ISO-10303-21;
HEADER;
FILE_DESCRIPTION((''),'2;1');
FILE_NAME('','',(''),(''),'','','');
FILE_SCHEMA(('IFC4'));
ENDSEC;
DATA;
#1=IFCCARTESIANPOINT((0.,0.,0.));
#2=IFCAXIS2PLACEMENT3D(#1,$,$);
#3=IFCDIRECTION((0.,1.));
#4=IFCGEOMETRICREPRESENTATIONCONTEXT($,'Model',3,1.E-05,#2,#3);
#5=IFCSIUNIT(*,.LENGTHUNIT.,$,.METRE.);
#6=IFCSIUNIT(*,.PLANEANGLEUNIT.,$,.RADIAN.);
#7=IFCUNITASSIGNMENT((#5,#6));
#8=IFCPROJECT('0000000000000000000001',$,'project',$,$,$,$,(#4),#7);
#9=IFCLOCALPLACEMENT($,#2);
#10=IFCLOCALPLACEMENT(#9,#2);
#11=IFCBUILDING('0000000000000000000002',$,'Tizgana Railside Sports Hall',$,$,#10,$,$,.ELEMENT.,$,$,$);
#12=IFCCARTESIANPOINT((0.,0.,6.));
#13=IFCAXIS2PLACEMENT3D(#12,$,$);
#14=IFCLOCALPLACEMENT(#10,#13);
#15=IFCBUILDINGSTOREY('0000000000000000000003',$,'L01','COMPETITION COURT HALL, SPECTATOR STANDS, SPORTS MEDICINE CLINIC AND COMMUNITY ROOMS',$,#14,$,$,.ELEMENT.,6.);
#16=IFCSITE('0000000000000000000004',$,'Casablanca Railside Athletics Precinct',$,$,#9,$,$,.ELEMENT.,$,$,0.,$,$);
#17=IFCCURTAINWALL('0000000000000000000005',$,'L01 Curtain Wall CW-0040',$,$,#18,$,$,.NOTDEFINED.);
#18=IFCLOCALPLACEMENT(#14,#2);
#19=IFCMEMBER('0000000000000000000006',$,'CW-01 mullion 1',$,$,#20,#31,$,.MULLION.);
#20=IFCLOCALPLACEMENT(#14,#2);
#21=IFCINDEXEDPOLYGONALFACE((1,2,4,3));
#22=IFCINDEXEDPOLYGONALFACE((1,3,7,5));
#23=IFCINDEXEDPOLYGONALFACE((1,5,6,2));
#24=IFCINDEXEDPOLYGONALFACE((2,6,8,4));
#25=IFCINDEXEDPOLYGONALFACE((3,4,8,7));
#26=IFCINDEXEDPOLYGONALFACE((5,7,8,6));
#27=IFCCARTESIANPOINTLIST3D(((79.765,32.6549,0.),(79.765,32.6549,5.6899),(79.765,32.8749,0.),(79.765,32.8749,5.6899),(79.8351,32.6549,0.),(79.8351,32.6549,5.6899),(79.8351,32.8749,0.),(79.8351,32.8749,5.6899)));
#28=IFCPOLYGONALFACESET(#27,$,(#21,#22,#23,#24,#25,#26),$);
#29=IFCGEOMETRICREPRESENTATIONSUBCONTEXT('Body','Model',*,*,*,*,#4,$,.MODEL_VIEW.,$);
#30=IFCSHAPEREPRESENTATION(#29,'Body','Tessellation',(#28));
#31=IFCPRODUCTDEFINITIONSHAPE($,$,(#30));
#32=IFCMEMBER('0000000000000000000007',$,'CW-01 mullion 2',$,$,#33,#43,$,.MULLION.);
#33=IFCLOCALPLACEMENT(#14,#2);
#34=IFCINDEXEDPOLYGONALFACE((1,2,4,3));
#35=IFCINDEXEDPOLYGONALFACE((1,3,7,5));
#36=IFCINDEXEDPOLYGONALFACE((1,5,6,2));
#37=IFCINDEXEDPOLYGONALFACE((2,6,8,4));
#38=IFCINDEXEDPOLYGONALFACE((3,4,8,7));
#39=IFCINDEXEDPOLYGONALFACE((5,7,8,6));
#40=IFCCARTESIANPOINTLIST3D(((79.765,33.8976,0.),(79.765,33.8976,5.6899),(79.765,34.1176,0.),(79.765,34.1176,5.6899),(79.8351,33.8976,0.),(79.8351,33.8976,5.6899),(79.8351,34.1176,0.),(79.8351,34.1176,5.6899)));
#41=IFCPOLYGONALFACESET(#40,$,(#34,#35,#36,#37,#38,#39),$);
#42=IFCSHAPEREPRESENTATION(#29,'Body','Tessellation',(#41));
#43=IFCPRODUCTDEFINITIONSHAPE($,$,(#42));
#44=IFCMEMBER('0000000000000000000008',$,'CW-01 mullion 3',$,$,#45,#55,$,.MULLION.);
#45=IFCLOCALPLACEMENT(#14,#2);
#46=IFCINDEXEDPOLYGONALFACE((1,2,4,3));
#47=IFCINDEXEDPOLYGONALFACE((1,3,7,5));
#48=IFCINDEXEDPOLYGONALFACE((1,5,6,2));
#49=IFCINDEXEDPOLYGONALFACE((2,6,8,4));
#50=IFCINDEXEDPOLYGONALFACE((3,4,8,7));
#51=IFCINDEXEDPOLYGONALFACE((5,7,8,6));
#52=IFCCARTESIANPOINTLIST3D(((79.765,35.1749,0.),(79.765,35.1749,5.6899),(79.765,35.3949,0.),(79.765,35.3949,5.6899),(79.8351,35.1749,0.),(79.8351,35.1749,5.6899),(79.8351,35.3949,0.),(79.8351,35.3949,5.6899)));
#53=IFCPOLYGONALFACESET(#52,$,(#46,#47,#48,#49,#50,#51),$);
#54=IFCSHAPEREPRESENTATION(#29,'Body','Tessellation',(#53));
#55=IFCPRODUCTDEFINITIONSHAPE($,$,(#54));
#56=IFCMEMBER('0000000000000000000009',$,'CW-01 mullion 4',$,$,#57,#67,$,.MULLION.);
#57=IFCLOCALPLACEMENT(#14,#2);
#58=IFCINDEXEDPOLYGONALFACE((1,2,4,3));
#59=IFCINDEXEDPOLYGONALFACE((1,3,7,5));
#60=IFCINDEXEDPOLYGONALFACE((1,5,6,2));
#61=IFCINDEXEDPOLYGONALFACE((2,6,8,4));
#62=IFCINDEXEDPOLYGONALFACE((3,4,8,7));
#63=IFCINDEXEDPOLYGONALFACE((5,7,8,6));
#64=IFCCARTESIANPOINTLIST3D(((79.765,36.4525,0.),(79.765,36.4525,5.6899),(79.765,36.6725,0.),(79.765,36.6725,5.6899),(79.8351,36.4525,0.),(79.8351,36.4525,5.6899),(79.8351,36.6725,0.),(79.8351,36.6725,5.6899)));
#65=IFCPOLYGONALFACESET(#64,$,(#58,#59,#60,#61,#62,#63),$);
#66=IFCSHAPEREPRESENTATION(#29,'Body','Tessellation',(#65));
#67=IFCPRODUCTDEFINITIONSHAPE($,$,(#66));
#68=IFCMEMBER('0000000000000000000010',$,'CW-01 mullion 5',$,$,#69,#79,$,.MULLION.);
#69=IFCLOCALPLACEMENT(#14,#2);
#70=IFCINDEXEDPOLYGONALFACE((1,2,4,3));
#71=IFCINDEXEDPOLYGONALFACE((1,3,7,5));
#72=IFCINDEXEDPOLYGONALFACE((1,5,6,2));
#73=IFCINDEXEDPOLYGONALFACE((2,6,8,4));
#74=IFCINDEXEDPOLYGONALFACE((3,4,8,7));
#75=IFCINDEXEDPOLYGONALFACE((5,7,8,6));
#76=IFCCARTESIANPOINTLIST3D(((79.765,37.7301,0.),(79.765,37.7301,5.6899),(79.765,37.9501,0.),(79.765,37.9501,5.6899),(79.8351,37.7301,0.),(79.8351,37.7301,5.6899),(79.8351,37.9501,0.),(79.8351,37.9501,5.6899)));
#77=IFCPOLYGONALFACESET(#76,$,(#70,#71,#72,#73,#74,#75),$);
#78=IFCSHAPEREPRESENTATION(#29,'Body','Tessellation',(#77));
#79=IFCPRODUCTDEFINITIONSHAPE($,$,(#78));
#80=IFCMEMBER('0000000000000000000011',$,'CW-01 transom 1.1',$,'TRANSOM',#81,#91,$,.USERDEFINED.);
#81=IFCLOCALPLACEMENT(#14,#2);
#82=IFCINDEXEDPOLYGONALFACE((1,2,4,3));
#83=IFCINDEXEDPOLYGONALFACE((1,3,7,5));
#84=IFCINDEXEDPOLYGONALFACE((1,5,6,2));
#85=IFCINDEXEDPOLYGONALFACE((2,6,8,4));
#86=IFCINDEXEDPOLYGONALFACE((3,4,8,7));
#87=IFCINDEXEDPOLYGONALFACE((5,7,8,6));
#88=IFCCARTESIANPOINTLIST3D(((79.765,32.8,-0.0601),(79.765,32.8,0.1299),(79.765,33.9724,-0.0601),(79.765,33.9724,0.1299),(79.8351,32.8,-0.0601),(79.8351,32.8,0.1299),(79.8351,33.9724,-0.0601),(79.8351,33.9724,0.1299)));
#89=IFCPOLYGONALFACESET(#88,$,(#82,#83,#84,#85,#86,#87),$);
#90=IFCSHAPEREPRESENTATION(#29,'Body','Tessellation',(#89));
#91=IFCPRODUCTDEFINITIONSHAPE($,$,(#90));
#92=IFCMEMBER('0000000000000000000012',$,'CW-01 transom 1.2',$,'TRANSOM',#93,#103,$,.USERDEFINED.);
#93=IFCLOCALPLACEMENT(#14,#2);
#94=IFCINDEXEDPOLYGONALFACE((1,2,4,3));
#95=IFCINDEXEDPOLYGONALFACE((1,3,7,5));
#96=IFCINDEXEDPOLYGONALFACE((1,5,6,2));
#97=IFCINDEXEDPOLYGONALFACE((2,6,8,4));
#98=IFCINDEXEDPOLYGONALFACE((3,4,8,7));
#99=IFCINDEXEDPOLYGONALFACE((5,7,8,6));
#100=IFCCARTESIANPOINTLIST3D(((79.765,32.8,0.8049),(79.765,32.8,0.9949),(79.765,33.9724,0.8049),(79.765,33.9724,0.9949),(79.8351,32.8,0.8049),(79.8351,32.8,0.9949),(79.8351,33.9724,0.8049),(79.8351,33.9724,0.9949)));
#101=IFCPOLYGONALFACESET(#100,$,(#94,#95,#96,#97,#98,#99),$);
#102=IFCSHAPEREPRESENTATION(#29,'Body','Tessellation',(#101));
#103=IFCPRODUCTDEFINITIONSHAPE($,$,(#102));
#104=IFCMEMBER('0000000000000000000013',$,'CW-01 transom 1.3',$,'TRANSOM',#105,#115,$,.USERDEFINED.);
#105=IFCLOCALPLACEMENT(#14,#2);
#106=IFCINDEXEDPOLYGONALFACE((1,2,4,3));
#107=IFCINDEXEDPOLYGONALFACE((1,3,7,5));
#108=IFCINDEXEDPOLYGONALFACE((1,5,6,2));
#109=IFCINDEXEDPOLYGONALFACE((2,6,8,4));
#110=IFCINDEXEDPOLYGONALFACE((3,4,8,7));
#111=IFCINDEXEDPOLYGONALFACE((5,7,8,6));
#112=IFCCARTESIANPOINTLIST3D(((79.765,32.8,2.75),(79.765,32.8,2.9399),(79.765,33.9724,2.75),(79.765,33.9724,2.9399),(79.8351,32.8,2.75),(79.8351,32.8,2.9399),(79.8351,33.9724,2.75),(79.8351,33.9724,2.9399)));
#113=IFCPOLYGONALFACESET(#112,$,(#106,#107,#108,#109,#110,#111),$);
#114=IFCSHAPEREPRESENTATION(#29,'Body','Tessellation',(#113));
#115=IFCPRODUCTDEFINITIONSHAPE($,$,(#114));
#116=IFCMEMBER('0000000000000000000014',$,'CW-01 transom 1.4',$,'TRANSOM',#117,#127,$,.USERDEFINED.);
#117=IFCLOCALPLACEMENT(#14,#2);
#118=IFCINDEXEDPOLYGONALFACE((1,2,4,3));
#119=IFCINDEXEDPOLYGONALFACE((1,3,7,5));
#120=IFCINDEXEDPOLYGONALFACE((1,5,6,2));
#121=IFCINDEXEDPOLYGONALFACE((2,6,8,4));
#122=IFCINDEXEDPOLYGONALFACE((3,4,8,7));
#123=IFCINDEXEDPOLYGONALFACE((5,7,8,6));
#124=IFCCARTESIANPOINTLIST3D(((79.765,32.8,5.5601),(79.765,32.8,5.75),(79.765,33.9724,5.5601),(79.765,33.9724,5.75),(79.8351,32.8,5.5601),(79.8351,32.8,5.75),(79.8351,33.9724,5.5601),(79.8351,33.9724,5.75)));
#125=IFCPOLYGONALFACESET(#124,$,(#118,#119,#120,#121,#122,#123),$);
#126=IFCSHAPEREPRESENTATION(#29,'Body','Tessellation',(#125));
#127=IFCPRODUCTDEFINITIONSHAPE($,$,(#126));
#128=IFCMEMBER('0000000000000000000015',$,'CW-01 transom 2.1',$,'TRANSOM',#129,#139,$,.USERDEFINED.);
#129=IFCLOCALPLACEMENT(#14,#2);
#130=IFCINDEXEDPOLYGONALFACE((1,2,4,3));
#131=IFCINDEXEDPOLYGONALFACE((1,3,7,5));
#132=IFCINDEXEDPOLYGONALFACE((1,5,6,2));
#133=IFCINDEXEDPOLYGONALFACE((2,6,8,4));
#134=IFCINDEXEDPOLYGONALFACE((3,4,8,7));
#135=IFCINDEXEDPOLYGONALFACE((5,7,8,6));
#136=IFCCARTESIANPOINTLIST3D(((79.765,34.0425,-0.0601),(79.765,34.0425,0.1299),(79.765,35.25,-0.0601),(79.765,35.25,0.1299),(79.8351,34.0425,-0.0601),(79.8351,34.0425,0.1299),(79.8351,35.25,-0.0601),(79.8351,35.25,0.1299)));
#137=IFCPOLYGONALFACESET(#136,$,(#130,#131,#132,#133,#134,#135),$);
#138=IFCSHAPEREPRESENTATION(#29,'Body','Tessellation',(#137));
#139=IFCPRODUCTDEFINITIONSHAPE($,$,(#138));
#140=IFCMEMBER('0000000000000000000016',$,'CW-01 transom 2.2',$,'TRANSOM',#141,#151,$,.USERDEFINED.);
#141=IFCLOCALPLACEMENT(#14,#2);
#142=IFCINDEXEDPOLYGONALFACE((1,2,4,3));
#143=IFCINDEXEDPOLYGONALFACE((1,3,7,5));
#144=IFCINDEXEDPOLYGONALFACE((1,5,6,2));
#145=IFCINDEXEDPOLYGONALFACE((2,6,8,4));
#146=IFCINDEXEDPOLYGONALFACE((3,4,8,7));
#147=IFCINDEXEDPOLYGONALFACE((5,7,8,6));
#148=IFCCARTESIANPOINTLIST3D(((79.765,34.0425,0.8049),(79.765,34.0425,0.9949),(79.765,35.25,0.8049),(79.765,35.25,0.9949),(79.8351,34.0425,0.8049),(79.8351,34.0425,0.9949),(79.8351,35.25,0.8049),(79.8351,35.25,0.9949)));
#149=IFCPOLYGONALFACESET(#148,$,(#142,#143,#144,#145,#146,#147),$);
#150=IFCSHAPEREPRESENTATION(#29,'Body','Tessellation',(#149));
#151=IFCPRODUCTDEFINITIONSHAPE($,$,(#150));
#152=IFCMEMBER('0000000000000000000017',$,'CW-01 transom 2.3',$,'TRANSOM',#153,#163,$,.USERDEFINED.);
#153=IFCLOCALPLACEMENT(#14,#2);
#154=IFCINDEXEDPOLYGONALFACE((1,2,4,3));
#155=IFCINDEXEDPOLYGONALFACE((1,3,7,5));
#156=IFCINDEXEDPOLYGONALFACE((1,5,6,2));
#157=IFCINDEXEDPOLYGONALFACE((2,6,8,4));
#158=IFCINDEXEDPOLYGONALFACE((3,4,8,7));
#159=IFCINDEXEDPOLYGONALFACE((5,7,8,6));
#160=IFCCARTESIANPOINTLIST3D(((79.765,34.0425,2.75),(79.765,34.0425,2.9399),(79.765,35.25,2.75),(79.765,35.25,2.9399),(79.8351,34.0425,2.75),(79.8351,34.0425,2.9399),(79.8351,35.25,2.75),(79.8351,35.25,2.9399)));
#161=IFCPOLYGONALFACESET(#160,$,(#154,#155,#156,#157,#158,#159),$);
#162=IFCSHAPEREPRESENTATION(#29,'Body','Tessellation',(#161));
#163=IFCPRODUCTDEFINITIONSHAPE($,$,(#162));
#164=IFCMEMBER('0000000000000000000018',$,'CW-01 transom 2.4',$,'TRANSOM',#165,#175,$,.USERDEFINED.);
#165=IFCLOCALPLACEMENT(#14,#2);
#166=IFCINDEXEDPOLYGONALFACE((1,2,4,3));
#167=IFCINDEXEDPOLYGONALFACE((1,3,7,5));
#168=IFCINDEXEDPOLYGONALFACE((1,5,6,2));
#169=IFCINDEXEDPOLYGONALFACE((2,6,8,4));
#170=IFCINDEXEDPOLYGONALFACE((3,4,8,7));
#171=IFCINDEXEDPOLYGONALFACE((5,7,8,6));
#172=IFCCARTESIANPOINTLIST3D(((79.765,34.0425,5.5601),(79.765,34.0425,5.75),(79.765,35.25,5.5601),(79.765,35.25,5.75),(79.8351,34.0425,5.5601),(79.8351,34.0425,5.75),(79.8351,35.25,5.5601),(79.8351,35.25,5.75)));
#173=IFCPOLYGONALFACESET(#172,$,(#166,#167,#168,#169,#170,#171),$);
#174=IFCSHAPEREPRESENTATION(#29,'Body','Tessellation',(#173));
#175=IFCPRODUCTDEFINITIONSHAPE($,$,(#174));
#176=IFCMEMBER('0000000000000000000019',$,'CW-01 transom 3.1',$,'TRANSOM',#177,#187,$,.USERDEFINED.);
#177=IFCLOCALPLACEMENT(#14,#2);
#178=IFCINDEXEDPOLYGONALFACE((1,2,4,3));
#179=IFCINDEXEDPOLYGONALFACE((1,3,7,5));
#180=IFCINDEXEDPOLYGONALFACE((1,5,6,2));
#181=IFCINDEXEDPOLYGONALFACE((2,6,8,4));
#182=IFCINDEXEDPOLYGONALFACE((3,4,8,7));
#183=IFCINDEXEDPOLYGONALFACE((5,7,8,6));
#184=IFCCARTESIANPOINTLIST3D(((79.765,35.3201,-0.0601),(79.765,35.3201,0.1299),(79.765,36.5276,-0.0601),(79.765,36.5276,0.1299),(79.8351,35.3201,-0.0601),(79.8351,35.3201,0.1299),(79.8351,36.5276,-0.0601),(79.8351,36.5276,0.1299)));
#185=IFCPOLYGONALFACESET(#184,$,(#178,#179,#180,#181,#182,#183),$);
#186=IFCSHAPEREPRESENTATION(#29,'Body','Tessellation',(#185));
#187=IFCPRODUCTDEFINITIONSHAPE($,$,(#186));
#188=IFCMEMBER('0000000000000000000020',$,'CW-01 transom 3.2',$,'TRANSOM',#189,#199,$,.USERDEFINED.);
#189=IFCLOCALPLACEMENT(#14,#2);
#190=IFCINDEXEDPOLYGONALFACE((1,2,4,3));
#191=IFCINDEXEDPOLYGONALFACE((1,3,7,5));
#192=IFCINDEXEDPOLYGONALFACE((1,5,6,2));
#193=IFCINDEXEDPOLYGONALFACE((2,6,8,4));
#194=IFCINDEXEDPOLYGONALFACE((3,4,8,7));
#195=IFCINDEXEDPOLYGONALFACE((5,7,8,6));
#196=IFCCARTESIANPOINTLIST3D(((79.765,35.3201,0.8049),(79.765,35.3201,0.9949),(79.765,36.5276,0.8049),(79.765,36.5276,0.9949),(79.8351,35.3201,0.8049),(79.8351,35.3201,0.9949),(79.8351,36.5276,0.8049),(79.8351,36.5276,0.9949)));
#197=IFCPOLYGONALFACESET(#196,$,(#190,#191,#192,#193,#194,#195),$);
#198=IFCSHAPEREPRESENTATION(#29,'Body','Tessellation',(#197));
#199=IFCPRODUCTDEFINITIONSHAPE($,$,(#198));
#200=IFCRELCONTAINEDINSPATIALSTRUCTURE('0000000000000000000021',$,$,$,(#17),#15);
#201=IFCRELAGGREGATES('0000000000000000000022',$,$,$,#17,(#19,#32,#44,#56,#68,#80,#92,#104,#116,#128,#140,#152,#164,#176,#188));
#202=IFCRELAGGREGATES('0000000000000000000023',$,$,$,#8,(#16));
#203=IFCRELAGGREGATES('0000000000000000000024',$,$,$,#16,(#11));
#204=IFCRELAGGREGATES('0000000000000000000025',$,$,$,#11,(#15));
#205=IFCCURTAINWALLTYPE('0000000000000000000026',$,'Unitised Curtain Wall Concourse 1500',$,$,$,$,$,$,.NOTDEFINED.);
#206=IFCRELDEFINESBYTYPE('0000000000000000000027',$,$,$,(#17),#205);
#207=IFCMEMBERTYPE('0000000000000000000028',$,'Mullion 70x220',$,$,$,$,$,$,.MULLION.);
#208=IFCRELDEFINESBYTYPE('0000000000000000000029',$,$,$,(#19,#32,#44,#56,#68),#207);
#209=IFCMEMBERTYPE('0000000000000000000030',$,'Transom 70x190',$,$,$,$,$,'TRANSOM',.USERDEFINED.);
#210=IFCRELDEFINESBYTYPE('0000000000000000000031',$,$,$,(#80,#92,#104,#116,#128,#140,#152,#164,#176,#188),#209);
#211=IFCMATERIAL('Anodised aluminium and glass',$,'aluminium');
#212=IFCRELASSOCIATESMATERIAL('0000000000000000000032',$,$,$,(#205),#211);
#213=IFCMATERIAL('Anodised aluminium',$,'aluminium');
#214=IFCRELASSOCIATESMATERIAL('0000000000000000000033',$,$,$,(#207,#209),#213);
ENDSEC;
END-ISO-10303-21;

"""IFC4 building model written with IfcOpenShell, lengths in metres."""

from ifc_helpers import new_model, si_unit, direction, frame, origin, origin_2d, place, context, subcontext, project, spatial, rectangle, extrude, material, material_profile, profile_set, type_object, element, aggregate, save


model = new_model("IFC4")

# Units and contexts
model_context = context("Model", 3, precision=1e-05, world=origin(), true_north=direction((0.0, 1.0)))
body_context = subcontext(model_context, "Body", "Model", "MODEL_VIEW")
ifc_project = project(units=[si_unit("LENGTHUNIT", "METRE"), si_unit("PLANEANGLEUNIT", "RADIAN")], contexts=[model_context])

# Site, building, storey
site_placement = place(None, origin())
site = spatial("IfcSite", under=ifc_project, at=site_placement, Name="Casablanca Railside Athletics Precinct", CompositionType="ELEMENT", RefElevation=0.0)
building_placement = place(site_placement, origin())
building = spatial("IfcBuilding", under=site, at=building_placement, Name="Tizgana Railside Sports Hall", CompositionType="ELEMENT")
storey_placement = place(building_placement, frame((0.0, 0.0, 6.0)))
storey = spatial("IfcBuildingStorey", under=building, at=storey_placement, Name="L01", Description="COMPETITION COURT HALL, SPECTATOR STANDS, SPORTS MEDICINE CLINIC AND COMMUNITY ROOMS", CompositionType="ELEMENT", Elevation=6.0)

# Curtain wall, members
ifc_material_1 = material(Name="Anodised aluminium and glass", Category="aluminium")
curtain_wall_type = type_object("IfcCurtainWallType", Name="Unitised Curtain Wall Concourse 1500", PredefinedType="NOTDEFINED", material=ifc_material_1)
curtain_wall_placement = place(storey_placement, origin())
curtain_wall = element("IfcCurtainWall", 1, at=curtain_wall_placement, inside=storey, type_object=curtain_wall_type, Name="L01 Curtain Wall CW-0040", PredefinedType="NOTDEFINED")
ifc_material_2 = material(Name="Anodised aluminium", Category="aluminium")
ifc_material_profile_1 = material_profile(ifc_material_2, rectangle(XDim=0.0701, YDim=0.22, at=origin_2d()), Name="Mullion 70x220")
ifc_profile_set_1 = profile_set([ifc_material_profile_1], Name="Anodised aluminium")
member_type_1 = type_object("IfcMemberType", Name="Mullion 70x220", PredefinedType="MULLION", material=ifc_profile_set_1)
member_1_placement = place(storey_placement, frame((79.8, 32.7649, 0.0), z_axis=(0.0, 0.0, 1.0), x_axis=(-1.0, 0.0, 0.0)))
member_1 = element("IfcMember", 2, at=member_1_placement, type_object=member_type_1, Name="CW-01 mullion 1", PredefinedType="MULLION", context=body_context, shape_type="SweptSolid", body=[
    extrude(rectangle(XDim=0.0701, YDim=0.22, at=origin_2d()), origin(), (0.0, 0.0, 1.0), 5.6899),
])
member_2_placement = place(storey_placement, frame((79.8, 34.0076, 0.0), z_axis=(0.0, 0.0, 1.0), x_axis=(-1.0, 0.0, 0.0)))
member_2 = element("IfcMember", 3, at=member_2_placement, type_object=member_type_1, Name="CW-01 mullion 2", PredefinedType="MULLION", context=body_context, shape_type="SweptSolid", body=[
    extrude(rectangle(XDim=0.0701, YDim=0.22, at=origin_2d()), origin(), (0.0, 0.0, 1.0), 5.6899),
])
member_3_placement = place(storey_placement, frame((79.8, 35.2849, 0.0), z_axis=(0.0, 0.0, 1.0), x_axis=(-1.0, 0.0, 0.0)))
member_3 = element("IfcMember", 4, at=member_3_placement, type_object=member_type_1, Name="CW-01 mullion 3", PredefinedType="MULLION", context=body_context, shape_type="SweptSolid", body=[
    extrude(rectangle(XDim=0.0701, YDim=0.22, at=origin_2d()), origin(), (0.0, 0.0, 1.0), 5.6899),
])
member_4_placement = place(storey_placement, frame((79.8, 36.5625, 0.0), z_axis=(0.0, 0.0, 1.0), x_axis=(-1.0, 0.0, 0.0)))
member_4 = element("IfcMember", 5, at=member_4_placement, type_object=member_type_1, Name="CW-01 mullion 4", PredefinedType="MULLION", context=body_context, shape_type="SweptSolid", body=[
    extrude(rectangle(XDim=0.0701, YDim=0.22, at=origin_2d()), origin(), (0.0, 0.0, 1.0), 5.6899),
])
member_5_placement = place(storey_placement, frame((79.8, 37.8401, 0.0), z_axis=(0.0, 0.0, 1.0), x_axis=(-1.0, 0.0, 0.0)))
member_5 = element("IfcMember", 6, at=member_5_placement, type_object=member_type_1, Name="CW-01 mullion 5", PredefinedType="MULLION", context=body_context, shape_type="SweptSolid", body=[
    extrude(rectangle(XDim=0.0701, YDim=0.22, at=origin_2d()), origin(), (0.0, 0.0, 1.0), 5.6899),
])
ifc_material_profile_2 = material_profile(ifc_material_2, rectangle(XDim=0.0701, YDim=0.1899, at=origin_2d()), Name="Transom 70x190")
ifc_profile_set_2 = profile_set([ifc_material_profile_2], Name="Anodised aluminium")
member_type_2 = type_object("IfcMemberType", Name="Transom 70x190", ElementType="TRANSOM", PredefinedType="USERDEFINED", material=ifc_profile_set_2)
member_6_placement = place(storey_placement, frame((79.8, 32.8, 0.0349), z_axis=(0.0, 1.0, 0.0), x_axis=(-1.0, 0.0, 0.0)))
member_6 = element("IfcMember", 7, at=member_6_placement, type_object=member_type_2, Name="CW-01 transom 1.1", ObjectType="TRANSOM", PredefinedType="USERDEFINED", context=body_context, shape_type="SweptSolid", body=[
    extrude(rectangle(XDim=0.0701, YDim=0.1899, at=origin_2d()), origin(), (0.0, 0.0, 1.0), 1.1724),
])
member_7_placement = place(storey_placement, frame((79.8, 32.8, 0.8999), z_axis=(0.0, 1.0, 0.0), x_axis=(-1.0, 0.0, 0.0)))
member_7 = element("IfcMember", 8, at=member_7_placement, type_object=member_type_2, Name="CW-01 transom 1.2", ObjectType="TRANSOM", PredefinedType="USERDEFINED", context=body_context, shape_type="SweptSolid", body=[
    extrude(rectangle(XDim=0.0701, YDim=0.1899, at=origin_2d()), origin(), (0.0, 0.0, 1.0), 1.1724),
])
member_8_placement = place(storey_placement, frame((79.8, 32.8, 2.845), z_axis=(0.0, 1.0, 0.0), x_axis=(-1.0, 0.0, 0.0)))
member_8 = element("IfcMember", 9, at=member_8_placement, type_object=member_type_2, Name="CW-01 transom 1.3", ObjectType="TRANSOM", PredefinedType="USERDEFINED", context=body_context, shape_type="SweptSolid", body=[
    extrude(rectangle(XDim=0.0701, YDim=0.1899, at=origin_2d()), origin(), (0.0, 0.0, 1.0), 1.1724),
])
member_9_placement = place(storey_placement, frame((79.8, 32.8, 5.655), z_axis=(0.0, 1.0, 0.0), x_axis=(-1.0, 0.0, 0.0)))
member_9 = element("IfcMember", 10, at=member_9_placement, type_object=member_type_2, Name="CW-01 transom 1.4", ObjectType="TRANSOM", PredefinedType="USERDEFINED", context=body_context, shape_type="SweptSolid", body=[
    extrude(rectangle(XDim=0.0701, YDim=0.1899, at=origin_2d()), origin(), (0.0, 0.0, 1.0), 1.1724),
])
member_10_placement = place(storey_placement, frame((79.8, 34.0425, 0.0349), z_axis=(0.0, 1.0, 0.0), x_axis=(-1.0, 0.0, 0.0)))
member_10 = element("IfcMember", 11, at=member_10_placement, type_object=member_type_2, Name="CW-01 transom 2.1", ObjectType="TRANSOM", PredefinedType="USERDEFINED", context=body_context, shape_type="SweptSolid", body=[
    extrude(rectangle(XDim=0.0701, YDim=0.1899, at=origin_2d()), origin(), (0.0, 0.0, 1.0), 1.2075),
])
member_11_placement = place(storey_placement, frame((79.8, 34.0425, 0.8999), z_axis=(0.0, 1.0, 0.0), x_axis=(-1.0, 0.0, 0.0)))
member_11 = element("IfcMember", 12, at=member_11_placement, type_object=member_type_2, Name="CW-01 transom 2.2", ObjectType="TRANSOM", PredefinedType="USERDEFINED", context=body_context, shape_type="SweptSolid", body=[
    extrude(rectangle(XDim=0.0701, YDim=0.1899, at=origin_2d()), origin(), (0.0, 0.0, 1.0), 1.2075),
])
member_12_placement = place(storey_placement, frame((79.8, 34.0425, 2.845), z_axis=(0.0, 1.0, 0.0), x_axis=(-1.0, 0.0, 0.0)))
member_12 = element("IfcMember", 13, at=member_12_placement, type_object=member_type_2, Name="CW-01 transom 2.3", ObjectType="TRANSOM", PredefinedType="USERDEFINED", context=body_context, shape_type="SweptSolid", body=[
    extrude(rectangle(XDim=0.0701, YDim=0.1899, at=origin_2d()), origin(), (0.0, 0.0, 1.0), 1.2075),
])
member_13_placement = place(storey_placement, frame((79.8, 34.0425, 5.655), z_axis=(0.0, 1.0, 0.0), x_axis=(-1.0, 0.0, 0.0)))
member_13 = element("IfcMember", 14, at=member_13_placement, type_object=member_type_2, Name="CW-01 transom 2.4", ObjectType="TRANSOM", PredefinedType="USERDEFINED", context=body_context, shape_type="SweptSolid", body=[
    extrude(rectangle(XDim=0.0701, YDim=0.1899, at=origin_2d()), origin(), (0.0, 0.0, 1.0), 1.2075),
])
member_14_placement = place(storey_placement, frame((79.8, 35.3201, 0.0349), z_axis=(0.0, 1.0, 0.0), x_axis=(-1.0, 0.0, 0.0)))
member_14 = element("IfcMember", 15, at=member_14_placement, type_object=member_type_2, Name="CW-01 transom 3.1", ObjectType="TRANSOM", PredefinedType="USERDEFINED", context=body_context, shape_type="SweptSolid", body=[
    extrude(rectangle(XDim=0.0701, YDim=0.1899, at=origin_2d()), origin(), (0.0, 0.0, 1.0), 1.2075),
])
member_15_placement = place(storey_placement, frame((79.8, 35.3201, 0.8999), z_axis=(0.0, 1.0, 0.0), x_axis=(-1.0, 0.0, 0.0)))
member_15 = element("IfcMember", 16, at=member_15_placement, type_object=member_type_2, Name="CW-01 transom 3.2", ObjectType="TRANSOM", PredefinedType="USERDEFINED", context=body_context, shape_type="SweptSolid", body=[
    extrude(rectangle(XDim=0.0701, YDim=0.1899, at=origin_2d()), origin(), (0.0, 0.0, 1.0), 1.2075),
])
aggregate(curtain_wall, [member_1, member_2, member_3, member_4, member_5, member_6, member_7, member_8, member_9, member_10, member_11, member_12, member_13, member_14, member_15])

save(model, "model.ifc")
